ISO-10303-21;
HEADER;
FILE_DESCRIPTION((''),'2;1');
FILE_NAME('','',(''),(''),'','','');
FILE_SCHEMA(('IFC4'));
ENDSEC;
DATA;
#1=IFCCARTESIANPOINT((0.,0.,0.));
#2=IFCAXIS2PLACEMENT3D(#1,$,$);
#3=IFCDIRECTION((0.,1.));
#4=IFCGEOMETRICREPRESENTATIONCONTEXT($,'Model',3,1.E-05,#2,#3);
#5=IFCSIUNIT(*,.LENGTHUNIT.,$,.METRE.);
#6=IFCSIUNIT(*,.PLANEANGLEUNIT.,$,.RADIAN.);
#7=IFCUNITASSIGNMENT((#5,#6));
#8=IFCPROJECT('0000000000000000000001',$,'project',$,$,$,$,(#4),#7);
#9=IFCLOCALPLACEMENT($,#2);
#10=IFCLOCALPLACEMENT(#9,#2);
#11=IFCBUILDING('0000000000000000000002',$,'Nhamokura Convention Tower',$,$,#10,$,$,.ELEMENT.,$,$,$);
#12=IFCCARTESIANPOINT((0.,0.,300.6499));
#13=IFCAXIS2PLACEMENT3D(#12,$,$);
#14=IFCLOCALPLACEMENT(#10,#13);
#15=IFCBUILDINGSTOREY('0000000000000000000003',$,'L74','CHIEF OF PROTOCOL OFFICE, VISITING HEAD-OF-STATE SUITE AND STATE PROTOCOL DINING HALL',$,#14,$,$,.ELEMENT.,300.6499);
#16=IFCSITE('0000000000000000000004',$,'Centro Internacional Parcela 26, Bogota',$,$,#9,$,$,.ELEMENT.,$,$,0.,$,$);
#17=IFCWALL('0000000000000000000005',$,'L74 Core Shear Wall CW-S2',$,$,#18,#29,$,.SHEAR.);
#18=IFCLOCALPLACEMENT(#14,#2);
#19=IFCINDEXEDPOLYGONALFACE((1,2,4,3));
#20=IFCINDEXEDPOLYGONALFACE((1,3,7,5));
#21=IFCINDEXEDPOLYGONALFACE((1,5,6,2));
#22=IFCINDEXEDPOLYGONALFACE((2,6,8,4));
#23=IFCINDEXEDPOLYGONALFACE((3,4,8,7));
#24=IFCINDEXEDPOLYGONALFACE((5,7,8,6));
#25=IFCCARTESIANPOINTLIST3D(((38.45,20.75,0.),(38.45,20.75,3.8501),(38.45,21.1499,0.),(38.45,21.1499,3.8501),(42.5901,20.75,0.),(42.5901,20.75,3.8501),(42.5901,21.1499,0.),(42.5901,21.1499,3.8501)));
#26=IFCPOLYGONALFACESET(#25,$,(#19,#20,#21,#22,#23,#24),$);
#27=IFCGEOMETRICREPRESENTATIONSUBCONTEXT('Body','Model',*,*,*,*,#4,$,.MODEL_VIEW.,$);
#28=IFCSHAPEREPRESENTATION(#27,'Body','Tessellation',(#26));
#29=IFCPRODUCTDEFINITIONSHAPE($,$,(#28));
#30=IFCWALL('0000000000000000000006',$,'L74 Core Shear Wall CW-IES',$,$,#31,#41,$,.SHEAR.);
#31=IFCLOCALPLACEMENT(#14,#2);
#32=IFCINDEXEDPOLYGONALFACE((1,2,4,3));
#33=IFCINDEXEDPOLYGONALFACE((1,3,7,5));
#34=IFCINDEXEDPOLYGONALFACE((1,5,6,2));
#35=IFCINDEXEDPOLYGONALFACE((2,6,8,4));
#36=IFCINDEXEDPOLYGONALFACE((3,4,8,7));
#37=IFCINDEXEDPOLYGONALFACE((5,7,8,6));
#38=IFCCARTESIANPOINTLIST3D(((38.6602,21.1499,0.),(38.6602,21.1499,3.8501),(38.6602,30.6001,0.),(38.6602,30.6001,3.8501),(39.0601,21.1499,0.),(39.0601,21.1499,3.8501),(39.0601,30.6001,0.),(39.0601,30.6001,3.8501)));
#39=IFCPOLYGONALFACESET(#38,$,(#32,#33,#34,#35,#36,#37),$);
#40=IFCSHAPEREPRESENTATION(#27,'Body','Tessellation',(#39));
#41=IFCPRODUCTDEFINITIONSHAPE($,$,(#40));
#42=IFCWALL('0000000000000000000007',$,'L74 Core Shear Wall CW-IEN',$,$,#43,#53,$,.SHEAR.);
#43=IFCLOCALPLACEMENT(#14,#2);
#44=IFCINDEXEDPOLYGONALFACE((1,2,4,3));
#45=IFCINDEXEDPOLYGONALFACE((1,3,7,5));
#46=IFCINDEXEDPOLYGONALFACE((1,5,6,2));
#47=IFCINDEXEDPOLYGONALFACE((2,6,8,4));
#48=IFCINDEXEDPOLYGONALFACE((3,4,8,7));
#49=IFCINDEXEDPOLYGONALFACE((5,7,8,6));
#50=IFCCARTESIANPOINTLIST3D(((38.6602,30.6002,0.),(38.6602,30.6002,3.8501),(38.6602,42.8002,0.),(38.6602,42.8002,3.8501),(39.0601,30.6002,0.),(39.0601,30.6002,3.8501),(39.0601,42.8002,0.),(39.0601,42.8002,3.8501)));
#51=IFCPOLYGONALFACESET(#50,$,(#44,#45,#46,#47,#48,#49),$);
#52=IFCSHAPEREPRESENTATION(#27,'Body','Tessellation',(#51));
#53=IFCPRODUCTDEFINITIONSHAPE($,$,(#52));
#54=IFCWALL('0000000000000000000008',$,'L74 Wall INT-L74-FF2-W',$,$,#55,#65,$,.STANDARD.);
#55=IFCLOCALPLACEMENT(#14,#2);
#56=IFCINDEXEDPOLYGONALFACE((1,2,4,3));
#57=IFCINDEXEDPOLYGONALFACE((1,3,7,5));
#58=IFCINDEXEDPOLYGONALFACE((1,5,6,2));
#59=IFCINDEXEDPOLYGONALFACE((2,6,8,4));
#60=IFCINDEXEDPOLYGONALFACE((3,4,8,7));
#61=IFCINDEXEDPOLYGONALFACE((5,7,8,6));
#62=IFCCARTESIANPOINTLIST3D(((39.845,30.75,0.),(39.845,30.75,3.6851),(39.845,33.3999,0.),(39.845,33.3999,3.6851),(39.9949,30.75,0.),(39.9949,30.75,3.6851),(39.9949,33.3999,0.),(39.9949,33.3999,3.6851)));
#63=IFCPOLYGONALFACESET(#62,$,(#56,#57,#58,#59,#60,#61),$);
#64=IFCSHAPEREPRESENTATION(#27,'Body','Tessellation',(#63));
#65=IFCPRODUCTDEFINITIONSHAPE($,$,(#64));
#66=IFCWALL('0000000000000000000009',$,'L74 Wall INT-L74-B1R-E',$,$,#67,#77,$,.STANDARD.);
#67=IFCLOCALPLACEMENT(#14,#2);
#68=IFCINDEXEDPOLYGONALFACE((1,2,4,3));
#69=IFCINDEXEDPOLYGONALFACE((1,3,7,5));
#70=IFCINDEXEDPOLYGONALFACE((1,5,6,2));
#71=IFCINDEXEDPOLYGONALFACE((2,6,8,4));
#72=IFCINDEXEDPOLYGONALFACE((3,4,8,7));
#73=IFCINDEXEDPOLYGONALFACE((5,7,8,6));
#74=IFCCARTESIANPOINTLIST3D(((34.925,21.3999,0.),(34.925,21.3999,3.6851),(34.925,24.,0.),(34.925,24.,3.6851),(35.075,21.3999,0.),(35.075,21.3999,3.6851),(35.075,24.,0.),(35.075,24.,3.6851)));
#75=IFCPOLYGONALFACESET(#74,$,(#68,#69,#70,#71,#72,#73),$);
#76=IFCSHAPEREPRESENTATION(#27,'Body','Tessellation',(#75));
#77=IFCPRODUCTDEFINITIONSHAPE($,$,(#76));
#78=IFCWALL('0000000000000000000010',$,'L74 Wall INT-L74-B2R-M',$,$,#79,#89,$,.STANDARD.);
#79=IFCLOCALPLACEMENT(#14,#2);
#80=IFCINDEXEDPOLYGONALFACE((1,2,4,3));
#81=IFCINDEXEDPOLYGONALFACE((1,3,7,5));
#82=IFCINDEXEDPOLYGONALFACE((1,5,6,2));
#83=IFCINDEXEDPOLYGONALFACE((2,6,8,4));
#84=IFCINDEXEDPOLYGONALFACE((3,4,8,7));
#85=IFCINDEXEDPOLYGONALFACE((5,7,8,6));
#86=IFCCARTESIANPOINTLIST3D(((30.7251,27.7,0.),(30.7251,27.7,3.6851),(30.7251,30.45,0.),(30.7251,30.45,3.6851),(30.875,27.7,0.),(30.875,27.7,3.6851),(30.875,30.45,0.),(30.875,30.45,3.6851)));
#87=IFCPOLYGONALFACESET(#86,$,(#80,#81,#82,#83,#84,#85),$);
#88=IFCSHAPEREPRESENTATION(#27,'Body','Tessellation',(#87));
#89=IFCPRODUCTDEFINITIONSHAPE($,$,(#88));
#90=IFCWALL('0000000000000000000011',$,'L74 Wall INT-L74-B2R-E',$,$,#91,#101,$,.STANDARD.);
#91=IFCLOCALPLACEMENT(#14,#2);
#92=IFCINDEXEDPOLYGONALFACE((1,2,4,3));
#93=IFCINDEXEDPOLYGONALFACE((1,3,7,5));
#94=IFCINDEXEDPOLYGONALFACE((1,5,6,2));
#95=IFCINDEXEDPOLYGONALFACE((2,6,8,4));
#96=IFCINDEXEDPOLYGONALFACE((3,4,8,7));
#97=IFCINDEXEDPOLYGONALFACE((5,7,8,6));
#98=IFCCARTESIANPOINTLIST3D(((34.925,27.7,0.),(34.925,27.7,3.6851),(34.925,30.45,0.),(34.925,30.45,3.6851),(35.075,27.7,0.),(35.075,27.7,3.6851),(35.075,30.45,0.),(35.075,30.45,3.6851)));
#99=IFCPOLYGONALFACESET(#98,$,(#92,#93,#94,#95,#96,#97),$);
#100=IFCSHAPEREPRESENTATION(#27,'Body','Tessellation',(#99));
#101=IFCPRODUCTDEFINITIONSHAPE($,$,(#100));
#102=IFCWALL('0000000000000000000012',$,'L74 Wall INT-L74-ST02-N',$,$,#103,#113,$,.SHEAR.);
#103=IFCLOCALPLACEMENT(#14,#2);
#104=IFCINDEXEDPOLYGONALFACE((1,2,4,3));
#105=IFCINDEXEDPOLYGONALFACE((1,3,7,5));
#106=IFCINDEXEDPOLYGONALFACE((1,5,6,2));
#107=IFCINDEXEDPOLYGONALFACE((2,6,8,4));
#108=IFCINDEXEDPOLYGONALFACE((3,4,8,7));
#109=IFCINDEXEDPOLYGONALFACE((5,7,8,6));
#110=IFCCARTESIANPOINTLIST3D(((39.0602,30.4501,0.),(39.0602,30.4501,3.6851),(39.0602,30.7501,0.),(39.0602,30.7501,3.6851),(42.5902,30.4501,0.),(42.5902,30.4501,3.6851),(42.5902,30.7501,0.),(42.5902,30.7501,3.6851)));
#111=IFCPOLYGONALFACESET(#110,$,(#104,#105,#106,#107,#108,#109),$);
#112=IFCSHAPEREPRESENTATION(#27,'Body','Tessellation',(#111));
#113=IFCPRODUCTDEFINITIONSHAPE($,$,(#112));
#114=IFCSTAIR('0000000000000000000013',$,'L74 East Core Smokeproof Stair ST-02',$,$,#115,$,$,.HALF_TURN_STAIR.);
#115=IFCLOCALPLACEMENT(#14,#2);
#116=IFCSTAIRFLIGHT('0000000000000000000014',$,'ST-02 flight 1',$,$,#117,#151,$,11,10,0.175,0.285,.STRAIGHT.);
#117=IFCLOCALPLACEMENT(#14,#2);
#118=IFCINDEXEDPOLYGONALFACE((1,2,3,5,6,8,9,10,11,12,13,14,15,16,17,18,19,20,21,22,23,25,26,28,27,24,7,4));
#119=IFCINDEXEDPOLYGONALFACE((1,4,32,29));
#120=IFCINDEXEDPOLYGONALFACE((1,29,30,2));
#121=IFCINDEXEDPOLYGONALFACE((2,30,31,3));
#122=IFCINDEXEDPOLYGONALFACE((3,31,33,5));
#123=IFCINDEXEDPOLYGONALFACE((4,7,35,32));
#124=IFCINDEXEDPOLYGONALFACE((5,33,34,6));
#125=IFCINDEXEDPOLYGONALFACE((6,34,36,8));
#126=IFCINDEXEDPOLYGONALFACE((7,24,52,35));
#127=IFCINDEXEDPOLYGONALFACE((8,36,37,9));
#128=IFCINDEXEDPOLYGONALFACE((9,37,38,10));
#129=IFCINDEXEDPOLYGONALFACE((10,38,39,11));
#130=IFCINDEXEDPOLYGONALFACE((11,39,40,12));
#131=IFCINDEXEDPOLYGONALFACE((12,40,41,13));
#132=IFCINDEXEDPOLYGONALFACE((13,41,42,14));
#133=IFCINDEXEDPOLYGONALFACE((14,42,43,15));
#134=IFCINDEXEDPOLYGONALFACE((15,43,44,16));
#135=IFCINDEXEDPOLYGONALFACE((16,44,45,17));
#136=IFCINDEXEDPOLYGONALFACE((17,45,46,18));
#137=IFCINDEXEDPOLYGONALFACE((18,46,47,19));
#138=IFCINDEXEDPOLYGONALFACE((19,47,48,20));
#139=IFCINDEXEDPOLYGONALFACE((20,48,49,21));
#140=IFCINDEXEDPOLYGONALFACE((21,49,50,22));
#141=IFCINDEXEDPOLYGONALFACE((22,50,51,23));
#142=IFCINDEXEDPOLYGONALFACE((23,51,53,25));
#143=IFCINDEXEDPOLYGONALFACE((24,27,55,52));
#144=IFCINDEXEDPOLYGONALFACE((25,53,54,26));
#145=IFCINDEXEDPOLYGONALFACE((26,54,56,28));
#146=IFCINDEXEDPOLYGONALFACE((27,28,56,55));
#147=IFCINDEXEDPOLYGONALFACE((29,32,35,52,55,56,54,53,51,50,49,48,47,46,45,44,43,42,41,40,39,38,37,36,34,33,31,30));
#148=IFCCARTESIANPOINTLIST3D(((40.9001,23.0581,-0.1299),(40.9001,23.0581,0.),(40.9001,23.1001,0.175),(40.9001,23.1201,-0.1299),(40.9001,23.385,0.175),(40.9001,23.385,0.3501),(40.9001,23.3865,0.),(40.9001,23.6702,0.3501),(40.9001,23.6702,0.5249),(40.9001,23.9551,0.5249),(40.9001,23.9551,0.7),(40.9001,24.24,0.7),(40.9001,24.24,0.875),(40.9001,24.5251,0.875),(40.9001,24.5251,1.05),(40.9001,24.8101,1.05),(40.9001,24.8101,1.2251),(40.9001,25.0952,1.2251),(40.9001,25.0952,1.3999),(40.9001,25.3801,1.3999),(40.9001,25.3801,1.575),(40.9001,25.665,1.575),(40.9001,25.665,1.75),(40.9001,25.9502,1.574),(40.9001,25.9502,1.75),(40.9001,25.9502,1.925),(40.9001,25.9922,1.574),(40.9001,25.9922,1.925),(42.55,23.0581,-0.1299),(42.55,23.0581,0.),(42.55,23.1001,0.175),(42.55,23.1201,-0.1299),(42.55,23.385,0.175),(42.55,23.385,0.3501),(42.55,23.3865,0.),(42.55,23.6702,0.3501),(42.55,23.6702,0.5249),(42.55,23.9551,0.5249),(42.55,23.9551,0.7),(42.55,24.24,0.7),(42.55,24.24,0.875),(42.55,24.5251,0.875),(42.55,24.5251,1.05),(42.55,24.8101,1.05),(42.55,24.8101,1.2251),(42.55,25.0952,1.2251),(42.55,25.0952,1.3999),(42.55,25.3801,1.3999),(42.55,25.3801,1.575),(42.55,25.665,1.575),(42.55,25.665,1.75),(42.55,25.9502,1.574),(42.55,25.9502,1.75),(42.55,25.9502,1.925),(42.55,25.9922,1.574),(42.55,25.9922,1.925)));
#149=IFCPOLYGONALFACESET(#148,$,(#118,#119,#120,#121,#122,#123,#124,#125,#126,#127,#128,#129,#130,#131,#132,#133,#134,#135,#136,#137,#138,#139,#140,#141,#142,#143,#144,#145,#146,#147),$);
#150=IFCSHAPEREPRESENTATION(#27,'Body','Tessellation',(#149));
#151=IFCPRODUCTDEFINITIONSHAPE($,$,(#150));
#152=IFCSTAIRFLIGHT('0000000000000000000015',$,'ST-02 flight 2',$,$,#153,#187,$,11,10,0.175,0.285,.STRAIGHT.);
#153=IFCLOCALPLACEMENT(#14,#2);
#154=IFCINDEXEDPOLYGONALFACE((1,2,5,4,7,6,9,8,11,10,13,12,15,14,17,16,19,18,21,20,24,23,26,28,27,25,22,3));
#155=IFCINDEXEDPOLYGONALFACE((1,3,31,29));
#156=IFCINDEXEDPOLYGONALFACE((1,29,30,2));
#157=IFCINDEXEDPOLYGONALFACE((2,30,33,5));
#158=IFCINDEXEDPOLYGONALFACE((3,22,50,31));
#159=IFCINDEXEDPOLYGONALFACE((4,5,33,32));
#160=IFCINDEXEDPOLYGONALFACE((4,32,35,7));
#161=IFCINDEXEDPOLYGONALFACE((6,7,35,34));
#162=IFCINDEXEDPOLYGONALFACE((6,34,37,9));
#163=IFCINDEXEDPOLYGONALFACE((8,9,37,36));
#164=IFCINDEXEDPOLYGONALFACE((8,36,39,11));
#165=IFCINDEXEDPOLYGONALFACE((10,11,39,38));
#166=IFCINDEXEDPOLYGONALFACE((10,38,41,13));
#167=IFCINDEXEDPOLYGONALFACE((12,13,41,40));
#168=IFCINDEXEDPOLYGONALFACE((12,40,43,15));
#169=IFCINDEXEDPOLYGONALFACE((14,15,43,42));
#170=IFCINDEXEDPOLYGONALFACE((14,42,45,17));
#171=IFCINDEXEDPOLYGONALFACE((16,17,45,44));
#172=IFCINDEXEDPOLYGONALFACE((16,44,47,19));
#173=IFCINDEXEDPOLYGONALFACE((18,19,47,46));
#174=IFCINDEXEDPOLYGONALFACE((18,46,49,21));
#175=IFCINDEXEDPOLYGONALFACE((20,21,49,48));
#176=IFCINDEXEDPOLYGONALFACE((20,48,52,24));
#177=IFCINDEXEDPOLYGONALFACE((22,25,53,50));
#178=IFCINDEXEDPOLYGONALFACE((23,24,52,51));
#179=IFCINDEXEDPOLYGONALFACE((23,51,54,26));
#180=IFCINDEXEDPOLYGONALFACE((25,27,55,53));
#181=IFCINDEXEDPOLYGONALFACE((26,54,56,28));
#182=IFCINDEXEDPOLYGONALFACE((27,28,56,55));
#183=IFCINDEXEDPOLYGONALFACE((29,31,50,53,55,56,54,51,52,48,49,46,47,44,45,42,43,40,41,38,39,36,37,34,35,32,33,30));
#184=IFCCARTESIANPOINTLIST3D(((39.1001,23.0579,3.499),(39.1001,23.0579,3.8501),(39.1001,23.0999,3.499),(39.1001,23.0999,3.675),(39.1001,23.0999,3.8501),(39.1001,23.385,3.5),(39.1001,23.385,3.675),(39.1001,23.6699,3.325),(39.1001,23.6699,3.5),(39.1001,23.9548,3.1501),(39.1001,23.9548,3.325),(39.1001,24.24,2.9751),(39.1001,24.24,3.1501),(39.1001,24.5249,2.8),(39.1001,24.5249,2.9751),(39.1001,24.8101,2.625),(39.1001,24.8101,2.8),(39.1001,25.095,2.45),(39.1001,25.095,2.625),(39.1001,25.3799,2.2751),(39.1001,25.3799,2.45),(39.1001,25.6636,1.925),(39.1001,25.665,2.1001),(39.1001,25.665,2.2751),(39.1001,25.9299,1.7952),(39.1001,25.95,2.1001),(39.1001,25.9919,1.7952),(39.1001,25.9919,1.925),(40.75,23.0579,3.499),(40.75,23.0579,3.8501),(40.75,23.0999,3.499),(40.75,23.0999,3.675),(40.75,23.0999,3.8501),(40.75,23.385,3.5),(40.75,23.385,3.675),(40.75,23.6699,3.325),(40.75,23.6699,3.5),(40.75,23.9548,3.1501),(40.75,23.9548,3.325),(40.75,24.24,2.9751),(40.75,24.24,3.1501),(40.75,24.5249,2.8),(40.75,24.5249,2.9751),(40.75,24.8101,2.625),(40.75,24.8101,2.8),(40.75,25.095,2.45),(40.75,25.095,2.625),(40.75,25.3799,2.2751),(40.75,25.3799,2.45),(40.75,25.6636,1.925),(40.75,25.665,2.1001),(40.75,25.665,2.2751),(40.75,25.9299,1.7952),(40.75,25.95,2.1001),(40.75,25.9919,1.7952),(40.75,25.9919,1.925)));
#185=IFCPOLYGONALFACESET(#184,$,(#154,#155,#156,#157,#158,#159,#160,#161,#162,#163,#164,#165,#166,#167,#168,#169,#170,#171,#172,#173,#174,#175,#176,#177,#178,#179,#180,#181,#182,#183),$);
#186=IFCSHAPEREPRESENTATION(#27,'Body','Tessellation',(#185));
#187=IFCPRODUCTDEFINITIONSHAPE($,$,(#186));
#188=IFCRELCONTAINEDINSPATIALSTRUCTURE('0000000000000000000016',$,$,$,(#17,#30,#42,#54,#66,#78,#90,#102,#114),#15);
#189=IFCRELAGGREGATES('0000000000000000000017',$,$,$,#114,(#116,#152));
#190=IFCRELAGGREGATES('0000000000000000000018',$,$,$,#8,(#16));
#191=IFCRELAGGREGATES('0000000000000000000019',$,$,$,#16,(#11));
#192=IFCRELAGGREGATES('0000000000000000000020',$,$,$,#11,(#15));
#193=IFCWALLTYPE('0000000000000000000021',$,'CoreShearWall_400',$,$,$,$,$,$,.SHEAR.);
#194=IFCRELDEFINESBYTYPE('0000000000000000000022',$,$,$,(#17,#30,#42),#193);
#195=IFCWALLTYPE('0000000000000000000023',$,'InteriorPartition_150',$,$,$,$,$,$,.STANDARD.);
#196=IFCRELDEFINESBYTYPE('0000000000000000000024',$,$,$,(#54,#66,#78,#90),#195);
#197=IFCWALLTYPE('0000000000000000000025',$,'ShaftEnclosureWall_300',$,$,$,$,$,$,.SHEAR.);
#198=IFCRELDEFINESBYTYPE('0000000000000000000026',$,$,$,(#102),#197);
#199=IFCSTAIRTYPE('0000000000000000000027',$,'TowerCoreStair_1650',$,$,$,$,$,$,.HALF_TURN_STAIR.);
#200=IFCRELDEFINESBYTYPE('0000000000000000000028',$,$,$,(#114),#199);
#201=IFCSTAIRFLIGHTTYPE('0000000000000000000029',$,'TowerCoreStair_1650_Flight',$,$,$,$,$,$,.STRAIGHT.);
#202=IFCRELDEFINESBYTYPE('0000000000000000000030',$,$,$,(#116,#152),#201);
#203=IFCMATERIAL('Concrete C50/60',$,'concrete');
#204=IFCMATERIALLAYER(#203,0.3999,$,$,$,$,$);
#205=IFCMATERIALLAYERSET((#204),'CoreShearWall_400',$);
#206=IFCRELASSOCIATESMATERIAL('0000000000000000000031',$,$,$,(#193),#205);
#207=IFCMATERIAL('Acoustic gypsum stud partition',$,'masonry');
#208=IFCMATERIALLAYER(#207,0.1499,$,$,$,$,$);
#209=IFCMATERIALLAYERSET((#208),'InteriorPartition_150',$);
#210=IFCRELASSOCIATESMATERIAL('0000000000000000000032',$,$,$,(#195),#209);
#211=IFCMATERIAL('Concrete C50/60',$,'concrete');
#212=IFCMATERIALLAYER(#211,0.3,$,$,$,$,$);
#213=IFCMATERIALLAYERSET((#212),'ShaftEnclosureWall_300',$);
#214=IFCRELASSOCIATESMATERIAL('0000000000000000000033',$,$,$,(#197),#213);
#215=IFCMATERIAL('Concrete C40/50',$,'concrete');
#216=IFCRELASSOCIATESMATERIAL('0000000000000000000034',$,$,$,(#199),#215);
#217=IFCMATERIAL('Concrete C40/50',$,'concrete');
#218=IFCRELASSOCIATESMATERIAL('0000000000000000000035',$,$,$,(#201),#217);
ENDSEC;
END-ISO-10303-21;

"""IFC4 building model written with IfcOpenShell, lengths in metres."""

from ifc_helpers import new_model, si_unit, direction, frame, frame_2d, origin, place, context, subcontext, project, spatial, polyline, rectangle, outline, extrude, material, layer, layer_set, type_object, element, aggregate, save


model = new_model("IFC4")

# Units and contexts
model_context = context("Model", 3, precision=1e-05, world=origin(), true_north=direction((0.0, 1.0)))
body_context = subcontext(model_context, "Body", "Model", "MODEL_VIEW")
ifc_project = project(units=[si_unit("LENGTHUNIT", "METRE"), si_unit("PLANEANGLEUNIT", "RADIAN")], contexts=[model_context])

# Site, building, storey
site_placement = place(None, origin())
site = spatial("IfcSite", under=ifc_project, at=site_placement, Name="Centro Internacional Parcela 26, Bogota", CompositionType="ELEMENT", RefElevation=0.0)
building_placement = place(site_placement, origin())
building = spatial("IfcBuilding", under=site, at=building_placement, Name="Nhamokura Convention Tower", CompositionType="ELEMENT")
storey_placement = place(building_placement, frame((0.0, 0.0, 300.6499)))
storey = spatial("IfcBuildingStorey", under=building, at=storey_placement, Name="L74", Description="CHIEF OF PROTOCOL OFFICE, VISITING HEAD-OF-STATE SUITE AND STATE PROTOCOL DINING HALL", CompositionType="ELEMENT", Elevation=300.6499)

# Walls
ifc_material_1 = material(Name="Concrete C50/60", Category="concrete")
ifc_layer_1 = layer(ifc_material_1, 0.3999)
ifc_layer_set_1 = layer_set([ifc_layer_1], Name="CoreShearWall_400")
wall_type_1 = type_object("IfcWallType", Name="CoreShearWall_400", PredefinedType="SHEAR", material=ifc_layer_set_1)
wall_1_placement = place(storey_placement, frame((38.45, 20.95, 0.0), z_axis=(0.0, 0.0, 1.0), x_axis=(1.0, 0.0, 0.0)))
element("IfcWall", 1, at=wall_1_placement, inside=storey, type_object=wall_type_1, Name="L74 Core Shear Wall CW-S2", PredefinedType="SHEAR", context=body_context, shape_type="SweptSolid", body=[
    extrude(rectangle(XDim=4.1401, YDim=0.3999, at=frame_2d((2.0701, 0.0))), origin(), (0.0, 0.0, 1.0), 3.8501),
])
wall_2_placement = place(storey_placement, frame((38.8601, 21.1499, 0.0), z_axis=(0.0, 0.0, 1.0), x_axis=(0.0, 1.0, 0.0)))
element("IfcWall", 2, at=wall_2_placement, inside=storey, type_object=wall_type_1, Name="L74 Core Shear Wall CW-IES", PredefinedType="SHEAR", context=body_context, shape_type="SweptSolid", body=[
    extrude(rectangle(XDim=9.4502, YDim=0.3999, at=frame_2d((4.7251, 0.0))), origin(), (0.0, 0.0, 1.0), 3.8501),
])
wall_3_placement = place(storey_placement, frame((38.8601, 30.6001, 0.0), z_axis=(0.0, 0.0, 1.0), x_axis=(0.0, 1.0, 0.0)))
element("IfcWall", 3, at=wall_3_placement, inside=storey, type_object=wall_type_1, Name="L74 Core Shear Wall CW-IEN", PredefinedType="SHEAR", context=body_context, shape_type="SweptSolid", body=[
    extrude(rectangle(XDim=12.2, YDim=0.3999, at=frame_2d((6.1001, 0.0))), origin(), (0.0, 0.0, 1.0), 3.8501),
])
ifc_material_2 = material(Name="Acoustic gypsum stud partition", Category="masonry")
ifc_layer_2 = layer(ifc_material_2, 0.1499)
ifc_layer_set_2 = layer_set([ifc_layer_2], Name="InteriorPartition_150")
wall_type_2 = type_object("IfcWallType", Name="InteriorPartition_150", PredefinedType="STANDARD", material=ifc_layer_set_2)
wall_4_placement = place(storey_placement, frame((39.9199, 30.75, 0.0), z_axis=(0.0, 0.0, 1.0), x_axis=(0.0, 1.0, 0.0)))
element("IfcWall", 4, at=wall_4_placement, inside=storey, type_object=wall_type_2, Name="L74 Wall INT-L74-FF2-W", PredefinedType="STANDARD", context=body_context, shape_type="SweptSolid", body=[
    extrude(rectangle(XDim=2.6499, YDim=0.1499, at=frame_2d((1.325, 0.0))), origin(), (0.0, 0.0, 1.0), 3.6851),
])
wall_5_placement = place(storey_placement, frame((35.0, 21.3999, 0.0), z_axis=(0.0, 0.0, 1.0), x_axis=(0.0, 1.0, 0.0)))
element("IfcWall", 5, at=wall_5_placement, inside=storey, type_object=wall_type_2, Name="L74 Wall INT-L74-B1R-E", PredefinedType="STANDARD", context=body_context, shape_type="SweptSolid", body=[
    extrude(rectangle(XDim=2.6001, YDim=0.1499, at=frame_2d((1.3, 0.0))), origin(), (0.0, 0.0, 1.0), 3.6851),
])
for number, where, z_axis, x_axis, name in (
    (6, (30.8, 27.7, 0.0), (0.0, 0.0, 1.0), (0.0, 1.0, 0.0), "L74 Wall INT-L74-B2R-M"),
    (7, (35.0, 27.7, 0.0), (0.0, 0.0, 1.0), (0.0, 1.0, 0.0), "L74 Wall INT-L74-B2R-E"),
):
    element("IfcWall", number, at=place(storey_placement, frame(where, z_axis=z_axis, x_axis=x_axis)), inside=storey, type_object=wall_type_2, Name=name, PredefinedType="STANDARD", context=body_context, shape_type="SweptSolid", body=[
        extrude(rectangle(XDim=2.75, YDim=0.1499, at=frame_2d((1.375, 0.0))), origin(), (0.0, 0.0, 1.0), 3.6851),
    ])
ifc_material_3 = material(Name="Concrete C50/60", Category="concrete")
ifc_layer_3 = layer(ifc_material_3, 0.3)
ifc_layer_set_3 = layer_set([ifc_layer_3], Name="ShaftEnclosureWall_300")
wall_type_3 = type_object("IfcWallType", Name="ShaftEnclosureWall_300", PredefinedType="SHEAR", material=ifc_layer_set_3)
wall_6_placement = place(storey_placement, frame((39.0601, 30.6001, 0.0), z_axis=(0.0, 0.0, 1.0), x_axis=(1.0, 0.0, 0.0)))
element("IfcWall", 8, at=wall_6_placement, inside=storey, type_object=wall_type_3, Name="L74 Wall INT-L74-ST02-N", PredefinedType="SHEAR", context=body_context, shape_type="SweptSolid", body=[
    extrude(rectangle(XDim=3.53, YDim=0.3, at=frame_2d((1.7651, 0.0))), origin(), (0.0, 0.0, 1.0), 3.6851),
])

# Stair, stair flights
ifc_material_4 = material(Name="Concrete C40/50", Category="concrete")
stair_type = type_object("IfcStairType", Name="TowerCoreStair_1650", PredefinedType="HALF_TURN_STAIR", material=ifc_material_4)
stair_placement = place(storey_placement, origin())
stair = element("IfcStair", 9, at=stair_placement, inside=storey, type_object=stair_type, Name="L74 East Core Smokeproof Stair ST-02", PredefinedType="HALF_TURN_STAIR")
ifc_material_5 = material(Name="Concrete C40/50", Category="concrete")
stair_flight_type = type_object("IfcStairFlightType", Name="TowerCoreStair_1650_Flight", PredefinedType="STRAIGHT", material=ifc_material_5)
stair_flight_1_placement = place(storey_placement, frame((41.7251, 23.1001, 0.0), z_axis=(0.0, 0.0, 1.0), x_axis=(0.0, 1.0, 0.0)))
stair_flight_1 = element("IfcStairFlight", 10, at=stair_flight_1_placement, type_object=stair_flight_type, Name="ST-02 flight 1", NumberOfRisers=11, NumberOfTreads=10, PredefinedType="STRAIGHT", RiserHeight=0.175, TreadLength=0.285, context=body_context, shape_type="SweptSolid", body=[
    extrude(outline(polyline([(-0.042, 0.0), (0.0, 0.175), (0.2849, 0.175), (0.2849, 0.3501), (0.5701, 0.3501), (0.5701, 0.5249), (0.855, 0.5249), (0.855, 0.7), (1.1399, 0.7), (1.1399, 0.875), (1.425, 0.875), (1.425, 1.05), (1.71, 1.05), (1.71, 1.2251), (1.9951, 1.2251), (1.9951, 1.3999), (2.28, 1.3999), (2.28, 1.575), (2.5649, 1.575), (2.5649, 1.75), (2.8501, 1.75), (2.8501, 1.925), (2.8921, 1.925), (2.8921, 1.574), (2.8501, 1.574), (0.2864, 0.0), (0.02, -0.1299), (-0.042, -0.1299), (-0.042, 0.0)])), frame((0.0, 0.825, 0.0), z_axis=(0.0, -1.0, 0.0), x_axis=(1.0, 0.0, 0.0)), (0.0, 0.0, 1.0), 1.6499),
])
stair_flight_2_placement = place(storey_placement, frame((39.925, 25.95, 1.925), z_axis=(0.0, 0.0, 1.0), x_axis=(0.0, -1.0, 0.0)))
stair_flight_2 = element("IfcStairFlight", 11, at=stair_flight_2_placement, type_object=stair_flight_type, Name="ST-02 flight 2", NumberOfRisers=11, NumberOfTreads=10, PredefinedType="STRAIGHT", RiserHeight=0.175, TreadLength=0.285, context=body_context, shape_type="SweptSolid", body=[
    extrude(outline(polyline([(-0.042, 0.0), (0.0, 0.175), (0.2849, 0.175), (0.2849, 0.3501), (0.5701, 0.3501), (0.5701, 0.5249), (0.855, 0.5249), (0.855, 0.7), (1.1399, 0.7), (1.1399, 0.875), (1.425, 0.875), (1.425, 1.05), (1.71, 1.05), (1.71, 1.2251), (1.9951, 1.2251), (1.9951, 1.3999), (2.28, 1.3999), (2.28, 1.575), (2.5649, 1.575), (2.5649, 1.75), (2.8501, 1.75), (2.8501, 1.925), (2.8921, 1.925), (2.8921, 1.574), (2.8501, 1.574), (0.2864, 0.0), (0.02, -0.1299), (-0.042, -0.1299), (-0.042, 0.0)])), frame((0.0, 0.825, 0.0), z_axis=(0.0, -1.0, 0.0), x_axis=(1.0, 0.0, 0.0)), (0.0, 0.0, 1.0), 1.6499),
])
aggregate(stair, [stair_flight_1, stair_flight_2])

save(model, "model.ifc")
